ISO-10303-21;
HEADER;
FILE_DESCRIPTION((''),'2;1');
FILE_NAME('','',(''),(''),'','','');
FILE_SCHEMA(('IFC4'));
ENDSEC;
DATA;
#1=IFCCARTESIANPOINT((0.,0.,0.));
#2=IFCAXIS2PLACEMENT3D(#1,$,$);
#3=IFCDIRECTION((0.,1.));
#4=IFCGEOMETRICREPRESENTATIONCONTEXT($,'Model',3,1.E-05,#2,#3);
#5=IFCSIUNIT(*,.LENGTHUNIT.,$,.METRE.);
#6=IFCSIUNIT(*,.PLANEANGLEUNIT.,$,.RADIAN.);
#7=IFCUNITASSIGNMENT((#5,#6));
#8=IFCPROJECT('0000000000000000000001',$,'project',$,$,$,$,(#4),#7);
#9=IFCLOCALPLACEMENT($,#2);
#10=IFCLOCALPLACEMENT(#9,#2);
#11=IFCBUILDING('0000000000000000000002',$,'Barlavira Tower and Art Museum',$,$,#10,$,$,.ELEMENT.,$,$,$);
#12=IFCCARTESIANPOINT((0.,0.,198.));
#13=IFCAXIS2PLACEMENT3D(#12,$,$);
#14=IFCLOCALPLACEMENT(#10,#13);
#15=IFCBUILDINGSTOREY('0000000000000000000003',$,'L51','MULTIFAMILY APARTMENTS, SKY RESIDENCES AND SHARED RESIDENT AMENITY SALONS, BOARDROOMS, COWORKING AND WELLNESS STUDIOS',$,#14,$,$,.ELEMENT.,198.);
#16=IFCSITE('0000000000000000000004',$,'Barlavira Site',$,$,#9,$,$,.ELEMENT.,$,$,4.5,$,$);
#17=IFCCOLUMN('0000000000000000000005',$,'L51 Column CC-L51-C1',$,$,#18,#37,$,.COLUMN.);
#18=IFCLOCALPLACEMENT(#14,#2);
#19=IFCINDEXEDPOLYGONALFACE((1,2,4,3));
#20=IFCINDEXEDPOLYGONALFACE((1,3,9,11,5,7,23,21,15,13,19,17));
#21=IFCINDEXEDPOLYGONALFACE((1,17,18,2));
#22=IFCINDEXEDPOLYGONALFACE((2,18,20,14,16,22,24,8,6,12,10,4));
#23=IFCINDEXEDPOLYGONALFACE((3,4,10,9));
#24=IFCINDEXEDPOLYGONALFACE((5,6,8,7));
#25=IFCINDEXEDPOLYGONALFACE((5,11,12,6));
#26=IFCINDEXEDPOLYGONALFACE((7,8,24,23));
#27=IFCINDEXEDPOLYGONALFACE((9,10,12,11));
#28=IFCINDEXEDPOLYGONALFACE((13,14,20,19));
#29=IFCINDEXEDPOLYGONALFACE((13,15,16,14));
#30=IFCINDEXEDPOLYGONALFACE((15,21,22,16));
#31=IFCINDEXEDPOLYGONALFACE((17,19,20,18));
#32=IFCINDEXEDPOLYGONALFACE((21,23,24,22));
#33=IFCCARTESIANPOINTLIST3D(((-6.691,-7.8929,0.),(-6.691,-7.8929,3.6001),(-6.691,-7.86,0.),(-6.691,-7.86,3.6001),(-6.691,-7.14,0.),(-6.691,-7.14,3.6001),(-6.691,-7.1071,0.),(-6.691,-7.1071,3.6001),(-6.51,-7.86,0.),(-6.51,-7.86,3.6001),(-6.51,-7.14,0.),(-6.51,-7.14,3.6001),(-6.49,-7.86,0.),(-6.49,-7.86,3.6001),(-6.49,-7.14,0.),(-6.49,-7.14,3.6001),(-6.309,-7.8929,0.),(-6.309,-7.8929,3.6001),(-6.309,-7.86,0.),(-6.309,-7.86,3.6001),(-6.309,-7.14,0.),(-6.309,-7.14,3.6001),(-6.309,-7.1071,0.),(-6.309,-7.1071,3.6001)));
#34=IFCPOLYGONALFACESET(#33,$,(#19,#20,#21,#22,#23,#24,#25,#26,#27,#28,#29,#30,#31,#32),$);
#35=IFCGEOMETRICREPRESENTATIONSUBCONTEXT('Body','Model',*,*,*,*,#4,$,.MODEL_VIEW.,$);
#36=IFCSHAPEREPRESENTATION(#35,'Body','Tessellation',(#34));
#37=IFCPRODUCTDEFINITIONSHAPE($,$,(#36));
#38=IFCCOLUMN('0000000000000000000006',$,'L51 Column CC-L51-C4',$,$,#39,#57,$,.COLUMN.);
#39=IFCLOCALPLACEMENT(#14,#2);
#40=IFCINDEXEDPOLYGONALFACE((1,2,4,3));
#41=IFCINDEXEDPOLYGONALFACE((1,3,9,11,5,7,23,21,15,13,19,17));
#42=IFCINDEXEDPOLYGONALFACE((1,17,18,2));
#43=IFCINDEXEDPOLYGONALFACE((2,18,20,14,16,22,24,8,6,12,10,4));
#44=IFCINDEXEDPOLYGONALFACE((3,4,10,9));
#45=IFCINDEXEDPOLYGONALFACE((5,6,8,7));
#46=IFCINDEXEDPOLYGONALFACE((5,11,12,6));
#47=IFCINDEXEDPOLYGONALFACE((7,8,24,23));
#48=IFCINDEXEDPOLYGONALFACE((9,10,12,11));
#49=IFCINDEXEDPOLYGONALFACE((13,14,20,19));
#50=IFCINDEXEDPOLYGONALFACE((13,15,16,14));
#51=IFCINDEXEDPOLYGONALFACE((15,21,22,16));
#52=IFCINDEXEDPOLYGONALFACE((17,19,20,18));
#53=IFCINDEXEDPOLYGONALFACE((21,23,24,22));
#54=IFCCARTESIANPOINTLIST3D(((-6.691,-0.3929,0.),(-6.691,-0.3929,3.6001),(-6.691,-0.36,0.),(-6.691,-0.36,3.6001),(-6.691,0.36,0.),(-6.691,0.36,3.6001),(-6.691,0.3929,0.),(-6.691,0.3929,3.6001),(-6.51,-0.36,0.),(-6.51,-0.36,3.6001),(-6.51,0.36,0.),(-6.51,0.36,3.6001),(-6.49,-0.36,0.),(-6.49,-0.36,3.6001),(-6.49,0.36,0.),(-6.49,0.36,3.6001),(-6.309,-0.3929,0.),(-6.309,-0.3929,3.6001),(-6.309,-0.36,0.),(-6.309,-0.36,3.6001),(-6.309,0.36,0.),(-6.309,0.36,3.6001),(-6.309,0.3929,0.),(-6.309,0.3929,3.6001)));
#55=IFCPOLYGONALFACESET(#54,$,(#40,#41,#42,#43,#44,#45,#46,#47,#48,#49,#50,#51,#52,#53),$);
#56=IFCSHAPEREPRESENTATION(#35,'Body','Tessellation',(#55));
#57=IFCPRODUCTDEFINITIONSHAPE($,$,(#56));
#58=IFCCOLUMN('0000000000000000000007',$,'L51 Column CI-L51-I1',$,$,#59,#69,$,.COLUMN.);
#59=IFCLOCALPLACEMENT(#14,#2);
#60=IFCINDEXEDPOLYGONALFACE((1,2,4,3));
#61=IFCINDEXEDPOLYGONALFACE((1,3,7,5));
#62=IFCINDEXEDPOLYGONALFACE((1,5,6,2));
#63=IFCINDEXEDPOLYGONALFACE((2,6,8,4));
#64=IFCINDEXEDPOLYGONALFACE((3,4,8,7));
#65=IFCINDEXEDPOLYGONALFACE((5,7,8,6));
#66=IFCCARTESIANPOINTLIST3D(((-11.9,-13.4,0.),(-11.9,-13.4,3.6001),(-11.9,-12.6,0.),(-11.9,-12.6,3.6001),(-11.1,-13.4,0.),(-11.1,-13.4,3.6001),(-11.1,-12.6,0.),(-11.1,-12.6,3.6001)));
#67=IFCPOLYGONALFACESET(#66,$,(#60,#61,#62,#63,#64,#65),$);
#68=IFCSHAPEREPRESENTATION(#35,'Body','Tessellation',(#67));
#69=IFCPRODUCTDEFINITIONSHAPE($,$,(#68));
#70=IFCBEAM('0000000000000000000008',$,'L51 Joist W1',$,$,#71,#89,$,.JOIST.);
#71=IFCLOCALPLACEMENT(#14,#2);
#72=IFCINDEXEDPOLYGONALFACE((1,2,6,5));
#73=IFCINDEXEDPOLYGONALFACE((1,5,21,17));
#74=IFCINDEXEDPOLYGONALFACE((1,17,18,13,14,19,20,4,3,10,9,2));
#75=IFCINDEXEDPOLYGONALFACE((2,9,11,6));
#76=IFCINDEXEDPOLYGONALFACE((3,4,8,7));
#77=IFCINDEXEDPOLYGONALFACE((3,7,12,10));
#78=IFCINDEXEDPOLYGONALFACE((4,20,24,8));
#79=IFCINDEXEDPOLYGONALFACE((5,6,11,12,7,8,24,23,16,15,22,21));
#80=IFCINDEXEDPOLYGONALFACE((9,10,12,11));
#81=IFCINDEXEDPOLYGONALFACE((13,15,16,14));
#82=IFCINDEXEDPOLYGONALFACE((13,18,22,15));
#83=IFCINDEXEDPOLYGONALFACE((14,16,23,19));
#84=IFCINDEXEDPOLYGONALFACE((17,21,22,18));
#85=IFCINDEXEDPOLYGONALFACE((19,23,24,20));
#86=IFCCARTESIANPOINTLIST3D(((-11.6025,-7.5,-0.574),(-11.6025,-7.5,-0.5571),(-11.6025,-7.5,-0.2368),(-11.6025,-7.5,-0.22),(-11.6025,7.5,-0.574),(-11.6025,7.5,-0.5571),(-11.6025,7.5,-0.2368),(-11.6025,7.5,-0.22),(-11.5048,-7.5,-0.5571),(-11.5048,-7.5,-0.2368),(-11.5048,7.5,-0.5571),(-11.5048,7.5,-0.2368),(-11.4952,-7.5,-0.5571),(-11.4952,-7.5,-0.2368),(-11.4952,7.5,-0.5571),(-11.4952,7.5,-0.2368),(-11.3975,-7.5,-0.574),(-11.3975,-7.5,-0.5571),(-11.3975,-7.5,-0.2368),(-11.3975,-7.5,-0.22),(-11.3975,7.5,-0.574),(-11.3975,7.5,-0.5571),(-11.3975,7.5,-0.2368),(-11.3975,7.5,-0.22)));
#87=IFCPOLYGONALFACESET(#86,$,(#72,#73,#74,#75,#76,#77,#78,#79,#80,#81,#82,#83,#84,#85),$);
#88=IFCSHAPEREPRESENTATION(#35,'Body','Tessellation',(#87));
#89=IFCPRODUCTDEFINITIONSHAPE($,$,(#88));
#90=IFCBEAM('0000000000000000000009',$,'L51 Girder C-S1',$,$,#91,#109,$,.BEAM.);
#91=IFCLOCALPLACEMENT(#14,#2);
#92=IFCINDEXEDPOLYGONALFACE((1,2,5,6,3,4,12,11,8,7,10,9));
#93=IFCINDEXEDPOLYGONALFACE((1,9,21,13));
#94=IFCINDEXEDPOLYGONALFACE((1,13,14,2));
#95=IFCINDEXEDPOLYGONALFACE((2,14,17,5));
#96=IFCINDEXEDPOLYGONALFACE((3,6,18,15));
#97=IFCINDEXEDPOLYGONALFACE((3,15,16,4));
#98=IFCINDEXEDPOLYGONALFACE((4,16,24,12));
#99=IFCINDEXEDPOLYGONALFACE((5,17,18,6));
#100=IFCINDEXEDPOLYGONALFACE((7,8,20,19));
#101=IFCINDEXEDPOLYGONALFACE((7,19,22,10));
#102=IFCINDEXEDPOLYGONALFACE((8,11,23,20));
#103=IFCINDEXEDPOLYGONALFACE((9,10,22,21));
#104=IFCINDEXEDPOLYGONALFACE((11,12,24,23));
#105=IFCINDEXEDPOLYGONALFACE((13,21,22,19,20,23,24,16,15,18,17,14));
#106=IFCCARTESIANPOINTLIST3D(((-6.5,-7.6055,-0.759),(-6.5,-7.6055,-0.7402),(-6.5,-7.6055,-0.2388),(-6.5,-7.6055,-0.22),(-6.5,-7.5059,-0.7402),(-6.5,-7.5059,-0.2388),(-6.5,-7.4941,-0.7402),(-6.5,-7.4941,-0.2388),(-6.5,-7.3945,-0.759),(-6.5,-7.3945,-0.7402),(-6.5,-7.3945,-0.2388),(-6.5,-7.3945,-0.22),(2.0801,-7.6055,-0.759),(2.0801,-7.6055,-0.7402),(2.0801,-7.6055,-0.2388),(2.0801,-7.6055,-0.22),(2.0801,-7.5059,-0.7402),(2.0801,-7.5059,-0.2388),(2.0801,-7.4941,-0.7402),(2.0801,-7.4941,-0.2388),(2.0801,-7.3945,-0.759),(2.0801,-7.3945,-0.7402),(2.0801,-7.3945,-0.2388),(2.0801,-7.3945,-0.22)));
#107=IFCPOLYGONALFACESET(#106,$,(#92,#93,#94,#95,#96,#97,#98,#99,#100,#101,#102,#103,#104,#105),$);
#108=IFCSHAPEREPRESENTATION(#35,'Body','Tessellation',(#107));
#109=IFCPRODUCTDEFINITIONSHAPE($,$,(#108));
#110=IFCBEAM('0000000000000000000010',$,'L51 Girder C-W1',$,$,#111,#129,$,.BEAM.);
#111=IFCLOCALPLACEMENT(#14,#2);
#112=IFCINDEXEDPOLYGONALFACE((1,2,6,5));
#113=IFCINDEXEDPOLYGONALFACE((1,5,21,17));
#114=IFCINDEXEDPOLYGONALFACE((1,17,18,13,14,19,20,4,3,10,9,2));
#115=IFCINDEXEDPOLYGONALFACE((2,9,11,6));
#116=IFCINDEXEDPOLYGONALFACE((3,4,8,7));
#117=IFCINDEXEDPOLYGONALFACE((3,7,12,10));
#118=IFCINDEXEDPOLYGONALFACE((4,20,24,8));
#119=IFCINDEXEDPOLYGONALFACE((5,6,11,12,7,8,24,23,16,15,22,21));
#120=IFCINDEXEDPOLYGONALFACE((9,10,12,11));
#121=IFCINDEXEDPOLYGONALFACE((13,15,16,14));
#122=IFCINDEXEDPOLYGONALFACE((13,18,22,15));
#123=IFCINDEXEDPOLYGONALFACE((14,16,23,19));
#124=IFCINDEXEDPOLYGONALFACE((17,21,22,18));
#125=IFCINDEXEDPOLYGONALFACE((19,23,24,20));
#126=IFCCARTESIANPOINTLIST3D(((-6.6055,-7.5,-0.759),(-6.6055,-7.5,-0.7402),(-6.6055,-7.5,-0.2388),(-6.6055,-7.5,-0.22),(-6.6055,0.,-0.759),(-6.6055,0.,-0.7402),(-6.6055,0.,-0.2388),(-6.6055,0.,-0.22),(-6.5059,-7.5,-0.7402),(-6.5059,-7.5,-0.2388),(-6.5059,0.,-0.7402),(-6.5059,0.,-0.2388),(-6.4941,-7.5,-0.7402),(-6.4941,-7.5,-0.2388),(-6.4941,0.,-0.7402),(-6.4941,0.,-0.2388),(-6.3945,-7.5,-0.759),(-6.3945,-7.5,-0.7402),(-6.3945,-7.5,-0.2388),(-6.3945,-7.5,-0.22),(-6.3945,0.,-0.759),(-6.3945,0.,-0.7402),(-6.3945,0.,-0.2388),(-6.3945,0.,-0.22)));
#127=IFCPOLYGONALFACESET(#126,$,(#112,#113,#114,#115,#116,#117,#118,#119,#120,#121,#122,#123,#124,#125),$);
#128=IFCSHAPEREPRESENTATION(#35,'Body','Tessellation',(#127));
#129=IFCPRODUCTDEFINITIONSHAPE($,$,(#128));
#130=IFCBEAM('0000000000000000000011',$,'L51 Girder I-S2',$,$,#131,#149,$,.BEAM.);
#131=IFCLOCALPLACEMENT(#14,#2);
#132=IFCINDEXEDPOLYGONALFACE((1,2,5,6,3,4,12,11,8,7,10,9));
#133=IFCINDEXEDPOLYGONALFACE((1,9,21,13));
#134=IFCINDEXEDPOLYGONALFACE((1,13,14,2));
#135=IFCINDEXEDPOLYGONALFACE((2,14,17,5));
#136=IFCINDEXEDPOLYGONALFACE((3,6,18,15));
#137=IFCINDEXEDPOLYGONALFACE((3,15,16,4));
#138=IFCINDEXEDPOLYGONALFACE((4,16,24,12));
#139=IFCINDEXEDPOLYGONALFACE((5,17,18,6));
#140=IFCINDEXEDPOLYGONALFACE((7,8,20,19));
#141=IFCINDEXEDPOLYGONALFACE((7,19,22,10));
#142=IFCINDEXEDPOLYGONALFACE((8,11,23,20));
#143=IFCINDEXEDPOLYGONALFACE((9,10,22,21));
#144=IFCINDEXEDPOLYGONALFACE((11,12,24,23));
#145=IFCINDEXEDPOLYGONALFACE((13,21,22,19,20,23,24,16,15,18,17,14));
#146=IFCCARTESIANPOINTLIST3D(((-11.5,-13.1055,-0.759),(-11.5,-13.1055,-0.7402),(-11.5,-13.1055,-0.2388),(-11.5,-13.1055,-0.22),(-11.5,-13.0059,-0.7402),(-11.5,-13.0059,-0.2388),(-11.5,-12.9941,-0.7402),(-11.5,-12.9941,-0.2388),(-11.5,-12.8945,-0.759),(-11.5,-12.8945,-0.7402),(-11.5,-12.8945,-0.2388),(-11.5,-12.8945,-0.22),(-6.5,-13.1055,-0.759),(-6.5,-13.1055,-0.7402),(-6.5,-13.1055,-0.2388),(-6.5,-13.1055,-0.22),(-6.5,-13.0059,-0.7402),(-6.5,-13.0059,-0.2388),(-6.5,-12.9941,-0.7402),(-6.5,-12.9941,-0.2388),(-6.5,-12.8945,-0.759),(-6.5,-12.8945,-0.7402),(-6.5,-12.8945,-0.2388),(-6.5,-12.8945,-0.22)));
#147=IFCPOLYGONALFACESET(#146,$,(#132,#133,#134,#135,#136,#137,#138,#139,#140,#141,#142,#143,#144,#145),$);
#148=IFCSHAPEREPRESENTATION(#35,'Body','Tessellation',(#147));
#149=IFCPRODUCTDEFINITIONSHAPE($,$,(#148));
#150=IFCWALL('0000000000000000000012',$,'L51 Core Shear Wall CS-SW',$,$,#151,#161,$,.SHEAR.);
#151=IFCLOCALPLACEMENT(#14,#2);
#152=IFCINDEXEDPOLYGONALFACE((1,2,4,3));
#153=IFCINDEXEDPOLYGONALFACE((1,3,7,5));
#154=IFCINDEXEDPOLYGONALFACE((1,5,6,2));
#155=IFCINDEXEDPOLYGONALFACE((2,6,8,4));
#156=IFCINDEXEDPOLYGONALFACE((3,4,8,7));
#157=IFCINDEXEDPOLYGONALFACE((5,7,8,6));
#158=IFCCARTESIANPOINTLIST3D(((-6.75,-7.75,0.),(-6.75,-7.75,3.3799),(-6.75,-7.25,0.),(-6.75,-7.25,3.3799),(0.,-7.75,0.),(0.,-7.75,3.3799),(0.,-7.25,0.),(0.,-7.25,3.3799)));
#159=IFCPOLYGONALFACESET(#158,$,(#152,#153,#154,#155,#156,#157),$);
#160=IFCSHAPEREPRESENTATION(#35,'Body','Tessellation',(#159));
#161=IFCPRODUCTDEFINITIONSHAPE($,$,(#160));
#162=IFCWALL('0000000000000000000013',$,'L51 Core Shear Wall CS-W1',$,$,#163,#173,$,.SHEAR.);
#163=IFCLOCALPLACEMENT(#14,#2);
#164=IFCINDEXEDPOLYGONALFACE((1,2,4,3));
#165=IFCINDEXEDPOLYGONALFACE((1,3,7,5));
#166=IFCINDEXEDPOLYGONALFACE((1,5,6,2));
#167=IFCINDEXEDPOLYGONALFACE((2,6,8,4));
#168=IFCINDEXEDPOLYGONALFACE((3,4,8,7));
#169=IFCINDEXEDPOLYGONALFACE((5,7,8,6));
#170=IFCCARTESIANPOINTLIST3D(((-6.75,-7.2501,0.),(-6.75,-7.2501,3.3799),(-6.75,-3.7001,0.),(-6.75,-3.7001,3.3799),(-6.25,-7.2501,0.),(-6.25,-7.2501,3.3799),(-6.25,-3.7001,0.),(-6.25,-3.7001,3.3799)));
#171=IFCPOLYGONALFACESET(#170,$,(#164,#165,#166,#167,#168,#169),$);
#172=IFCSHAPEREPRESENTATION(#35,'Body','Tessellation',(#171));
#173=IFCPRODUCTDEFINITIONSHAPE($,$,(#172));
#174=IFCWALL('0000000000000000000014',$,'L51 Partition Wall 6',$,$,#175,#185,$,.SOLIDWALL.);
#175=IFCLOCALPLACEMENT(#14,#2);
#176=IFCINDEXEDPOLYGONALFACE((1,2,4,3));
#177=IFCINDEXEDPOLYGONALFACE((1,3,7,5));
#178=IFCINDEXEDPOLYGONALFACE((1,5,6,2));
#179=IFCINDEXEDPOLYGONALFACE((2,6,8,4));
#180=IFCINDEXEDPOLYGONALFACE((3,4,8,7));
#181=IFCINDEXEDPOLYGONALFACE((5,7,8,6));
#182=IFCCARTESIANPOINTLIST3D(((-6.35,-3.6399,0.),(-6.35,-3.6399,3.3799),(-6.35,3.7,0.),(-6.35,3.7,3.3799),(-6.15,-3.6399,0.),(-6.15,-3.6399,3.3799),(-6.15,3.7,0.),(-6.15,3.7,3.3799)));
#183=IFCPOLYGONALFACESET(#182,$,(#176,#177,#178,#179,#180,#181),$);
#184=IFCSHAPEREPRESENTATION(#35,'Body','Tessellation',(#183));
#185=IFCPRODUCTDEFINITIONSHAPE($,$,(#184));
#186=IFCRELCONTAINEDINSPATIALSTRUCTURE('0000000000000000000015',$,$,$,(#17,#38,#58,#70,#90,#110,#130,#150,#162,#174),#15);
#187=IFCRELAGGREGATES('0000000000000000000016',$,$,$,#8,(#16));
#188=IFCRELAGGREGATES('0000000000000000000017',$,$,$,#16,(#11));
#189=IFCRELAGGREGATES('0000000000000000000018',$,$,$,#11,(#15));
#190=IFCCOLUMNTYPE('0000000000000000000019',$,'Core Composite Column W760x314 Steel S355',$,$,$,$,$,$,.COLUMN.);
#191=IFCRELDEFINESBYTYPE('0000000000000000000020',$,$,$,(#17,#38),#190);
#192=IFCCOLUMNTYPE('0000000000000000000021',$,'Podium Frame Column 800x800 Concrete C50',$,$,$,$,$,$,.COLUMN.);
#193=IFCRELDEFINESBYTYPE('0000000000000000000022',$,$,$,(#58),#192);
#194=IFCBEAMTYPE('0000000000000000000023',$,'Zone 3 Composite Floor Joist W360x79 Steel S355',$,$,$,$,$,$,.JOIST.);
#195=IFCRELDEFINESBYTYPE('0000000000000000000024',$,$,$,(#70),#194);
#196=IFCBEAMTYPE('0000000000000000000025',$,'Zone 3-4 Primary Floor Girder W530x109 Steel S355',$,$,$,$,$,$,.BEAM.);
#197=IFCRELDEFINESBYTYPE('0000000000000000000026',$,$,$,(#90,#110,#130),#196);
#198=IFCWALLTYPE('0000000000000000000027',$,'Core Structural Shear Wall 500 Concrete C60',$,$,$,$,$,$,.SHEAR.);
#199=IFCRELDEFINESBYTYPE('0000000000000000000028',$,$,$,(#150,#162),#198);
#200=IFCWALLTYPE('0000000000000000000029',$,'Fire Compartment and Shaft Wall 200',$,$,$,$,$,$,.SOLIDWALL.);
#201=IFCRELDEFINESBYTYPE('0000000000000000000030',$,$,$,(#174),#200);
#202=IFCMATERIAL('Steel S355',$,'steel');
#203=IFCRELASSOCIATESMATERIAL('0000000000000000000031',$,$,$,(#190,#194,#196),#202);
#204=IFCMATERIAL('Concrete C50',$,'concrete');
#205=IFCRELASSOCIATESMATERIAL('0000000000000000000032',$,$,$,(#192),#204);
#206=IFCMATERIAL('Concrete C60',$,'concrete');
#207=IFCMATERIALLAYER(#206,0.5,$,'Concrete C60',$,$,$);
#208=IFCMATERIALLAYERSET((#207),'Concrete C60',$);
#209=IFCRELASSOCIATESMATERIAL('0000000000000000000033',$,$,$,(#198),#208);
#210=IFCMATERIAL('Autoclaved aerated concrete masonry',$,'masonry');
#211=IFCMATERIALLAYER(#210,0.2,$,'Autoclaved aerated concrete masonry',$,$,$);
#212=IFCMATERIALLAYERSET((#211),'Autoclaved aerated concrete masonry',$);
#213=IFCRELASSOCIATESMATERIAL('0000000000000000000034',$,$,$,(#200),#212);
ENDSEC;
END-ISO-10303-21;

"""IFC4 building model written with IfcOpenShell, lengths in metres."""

from ifc_helpers import new_model, si_unit, direction, frame, frame_2d, origin, origin_2d, place, context, subcontext, project, spatial, rectangle, i_section, extrude, material, layer, layer_set, material_profile, profile_set, type_object, element, save


model = new_model("IFC4")

# Units and contexts
model_context = context("Model", 3, precision=1e-05, world=origin(), true_north=direction((0.0, 1.0)))
body_context = subcontext(model_context, "Body", "Model", "MODEL_VIEW")
ifc_project = project(units=[si_unit("LENGTHUNIT", "METRE"), si_unit("PLANEANGLEUNIT", "RADIAN")], contexts=[model_context])

# Site, building, storey
site_placement = place(None, origin())
site = spatial("IfcSite", under=ifc_project, at=site_placement, Name="Barlavira Site", CompositionType="ELEMENT", RefElevation=4.5)
building_placement = place(site_placement, origin())
building = spatial("IfcBuilding", under=site, at=building_placement, Name="Barlavira Tower and Art Museum", CompositionType="ELEMENT")
storey_placement = place(building_placement, frame((0.0, 0.0, 198.0)))
storey = spatial("IfcBuildingStorey", under=building, at=storey_placement, Name="L51", Description="MULTIFAMILY APARTMENTS, SKY RESIDENCES AND SHARED RESIDENT AMENITY SALONS, BOARDROOMS, COWORKING AND WELLNESS STUDIOS", CompositionType="ELEMENT", Elevation=198.0)

# Columns
ifc_material_1 = material(Name="Steel S355", Category="steel")
ifc_material_profile_1 = material_profile(ifc_material_1, i_section(OverallWidth=0.3821, OverallDepth=0.7859, WebThickness=0.02, FlangeThickness=0.033, at=origin_2d()), Name="W760x314.0")
ifc_profile_set_1 = profile_set([ifc_material_profile_1], Name="Steel S355")
column_type_1 = type_object("IfcColumnType", Name="Core Composite Column W760x314 Steel S355", PredefinedType="COLUMN", material=ifc_profile_set_1)
for number, where, z_axis, x_axis, name in (
    (1, (-6.5, -7.5, 0.0), (0.0, 0.0, 1.0), (1.0, 0.0, 0.0), "L51 Column CC-L51-C1"),
    (2, (-6.5, 0.0, 0.0), (0.0, 0.0, 1.0), (1.0, 0.0, 0.0), "L51 Column CC-L51-C4"),
):
    element("IfcColumn", number, at=place(storey_placement, frame(where, z_axis=z_axis, x_axis=x_axis)), inside=storey, type_object=column_type_1, Name=name, PredefinedType="COLUMN", context=body_context, shape_type="SweptSolid", body=[
        extrude(i_section(OverallWidth=0.3821, OverallDepth=0.7859, WebThickness=0.02, FlangeThickness=0.033, at=origin_2d()), origin(), (0.0, 0.0, 1.0), 3.6001),
    ])
ifc_material_2 = material(Name="Concrete C50", Category="concrete")
ifc_material_profile_2 = material_profile(ifc_material_2, rectangle(XDim=0.8, YDim=0.8, at=origin_2d()), Name="RC-COL 800x800")
ifc_profile_set_2 = profile_set([ifc_material_profile_2], Name="Concrete C50")
column_type_2 = type_object("IfcColumnType", Name="Podium Frame Column 800x800 Concrete C50", PredefinedType="COLUMN", material=ifc_profile_set_2)
column_placement = place(storey_placement, frame((-11.5, -13.0, 0.0), z_axis=(0.0, 0.0, 1.0), x_axis=(1.0, 0.0, 0.0)))
element("IfcColumn", 3, at=column_placement, inside=storey, type_object=column_type_2, Name="L51 Column CI-L51-I1", PredefinedType="COLUMN", context=body_context, shape_type="SweptSolid", body=[
    extrude(rectangle(XDim=0.8, YDim=0.8, at=origin_2d()), origin(), (0.0, 0.0, 1.0), 3.6001),
])

# Beams
ifc_material_profile_3 = material_profile(ifc_material_1, i_section(OverallWidth=0.2051, OverallDepth=0.354, WebThickness=0.0095, FlangeThickness=0.0168, at=origin_2d()), Name="W360x79.0")
ifc_profile_set_3 = profile_set([ifc_material_profile_3], Name="Steel S355")
beam_type_1 = type_object("IfcBeamType", Name="Zone 3 Composite Floor Joist W360x79 Steel S355", PredefinedType="JOIST", material=ifc_profile_set_3)
beam_1_placement = place(storey_placement, frame((-11.5, -7.5, -0.397), z_axis=(0.0, 1.0, 0.0), x_axis=(-1.0, 0.0, 0.0)))
element("IfcBeam", 4, at=beam_1_placement, inside=storey, type_object=beam_type_1, Name="L51 Joist W1", PredefinedType="JOIST", context=body_context, shape_type="SweptSolid", body=[
    extrude(i_section(OverallWidth=0.2051, OverallDepth=0.354, WebThickness=0.0095, FlangeThickness=0.0168, at=origin_2d()), origin(), (0.0, 0.0, 1.0), 15.0),
])
ifc_material_profile_4 = material_profile(ifc_material_1, i_section(OverallWidth=0.2109, OverallDepth=0.5391, WebThickness=0.0117, FlangeThickness=0.0188, at=origin_2d()), Name="W530x109.0")
ifc_profile_set_4 = profile_set([ifc_material_profile_4], Name="Steel S355")
beam_type_2 = type_object("IfcBeamType", Name="Zone 3-4 Primary Floor Girder W530x109 Steel S355", PredefinedType="BEAM", material=ifc_profile_set_4)
beam_2_placement = place(storey_placement, frame((-6.5, -7.5, -0.4895), z_axis=(1.0, 0.0, 0.0), x_axis=(0.0, 1.0, 0.0)))
element("IfcBeam", 5, at=beam_2_placement, inside=storey, type_object=beam_type_2, Name="L51 Girder C-S1", PredefinedType="BEAM", context=body_context, shape_type="SweptSolid", body=[
    extrude(i_section(OverallWidth=0.2109, OverallDepth=0.5391, WebThickness=0.0117, FlangeThickness=0.0188, at=origin_2d()), origin(), (0.0, 0.0, 1.0), 8.5801),
])
beam_3_placement = place(storey_placement, frame((-6.5, -7.5, -0.4895), z_axis=(0.0, 1.0, 0.0), x_axis=(-1.0, 0.0, 0.0)))
element("IfcBeam", 6, at=beam_3_placement, inside=storey, type_object=beam_type_2, Name="L51 Girder C-W1", PredefinedType="BEAM", context=body_context, shape_type="SweptSolid", body=[
    extrude(i_section(OverallWidth=0.2109, OverallDepth=0.5391, WebThickness=0.0117, FlangeThickness=0.0188, at=origin_2d()), origin(), (0.0, 0.0, 1.0), 7.5),
])
beam_4_placement = place(storey_placement, frame((-11.5, -13.0, -0.4895), z_axis=(1.0, 0.0, 0.0), x_axis=(0.0, 1.0, 0.0)))
element("IfcBeam", 7, at=beam_4_placement, inside=storey, type_object=beam_type_2, Name="L51 Girder I-S2", PredefinedType="BEAM", context=body_context, shape_type="SweptSolid", body=[
    extrude(i_section(OverallWidth=0.2109, OverallDepth=0.5391, WebThickness=0.0117, FlangeThickness=0.0188, at=origin_2d()), origin(), (0.0, 0.0, 1.0), 5.0),
])

# Walls
ifc_material_3 = material(Name="Concrete C60", Category="concrete")
ifc_layer_1 = layer(ifc_material_3, 0.5, Name="Concrete C60")
ifc_layer_set_1 = layer_set([ifc_layer_1], Name="Concrete C60")
wall_type_1 = type_object("IfcWallType", Name="Core Structural Shear Wall 500 Concrete C60", PredefinedType="SHEAR", material=ifc_layer_set_1)
wall_1_placement = place(storey_placement, frame((-6.75, -7.5, 0.0), z_axis=(0.0, 0.0, 1.0), x_axis=(1.0, 0.0, 0.0)))
element("IfcWall", 8, at=wall_1_placement, inside=storey, type_object=wall_type_1, Name="L51 Core Shear Wall CS-SW", PredefinedType="SHEAR", context=body_context, shape_type="SweptSolid", body=[
    extrude(rectangle(XDim=6.75, YDim=0.5, at=frame_2d((3.375, 0.0))), origin(), (0.0, 0.0, 1.0), 3.3799),
])
wall_2_placement = place(storey_placement, frame((-6.5, -7.25, 0.0), z_axis=(0.0, 0.0, 1.0), x_axis=(0.0, 1.0, 0.0)))
element("IfcWall", 9, at=wall_2_placement, inside=storey, type_object=wall_type_1, Name="L51 Core Shear Wall CS-W1", PredefinedType="SHEAR", context=body_context, shape_type="SweptSolid", body=[
    extrude(rectangle(XDim=3.55, YDim=0.5, at=frame_2d((1.7749, 0.0))), origin(), (0.0, 0.0, 1.0), 3.3799),
])
ifc_material_4 = material(Name="Autoclaved aerated concrete masonry", Category="masonry")
ifc_layer_2 = layer(ifc_material_4, 0.2, Name="Autoclaved aerated concrete masonry")
ifc_layer_set_2 = layer_set([ifc_layer_2], Name="Autoclaved aerated concrete masonry")
wall_type_2 = type_object("IfcWallType", Name="Fire Compartment and Shaft Wall 200", PredefinedType="SOLIDWALL", material=ifc_layer_set_2)
wall_3_placement = place(storey_placement, frame((-6.25, -3.6399, 0.0), z_axis=(0.0, 0.0, 1.0), x_axis=(0.0, 1.0, 0.0)))
element("IfcWall", 10, at=wall_3_placement, inside=storey, type_object=wall_type_2, Name="L51 Partition Wall 6", PredefinedType="SOLIDWALL", context=body_context, shape_type="SweptSolid", body=[
    extrude(rectangle(XDim=7.3398, YDim=0.2, at=frame_2d((3.6699, 0.0))), origin(), (0.0, 0.0, 1.0), 3.3799),
])

save(model, "model.ifc")
